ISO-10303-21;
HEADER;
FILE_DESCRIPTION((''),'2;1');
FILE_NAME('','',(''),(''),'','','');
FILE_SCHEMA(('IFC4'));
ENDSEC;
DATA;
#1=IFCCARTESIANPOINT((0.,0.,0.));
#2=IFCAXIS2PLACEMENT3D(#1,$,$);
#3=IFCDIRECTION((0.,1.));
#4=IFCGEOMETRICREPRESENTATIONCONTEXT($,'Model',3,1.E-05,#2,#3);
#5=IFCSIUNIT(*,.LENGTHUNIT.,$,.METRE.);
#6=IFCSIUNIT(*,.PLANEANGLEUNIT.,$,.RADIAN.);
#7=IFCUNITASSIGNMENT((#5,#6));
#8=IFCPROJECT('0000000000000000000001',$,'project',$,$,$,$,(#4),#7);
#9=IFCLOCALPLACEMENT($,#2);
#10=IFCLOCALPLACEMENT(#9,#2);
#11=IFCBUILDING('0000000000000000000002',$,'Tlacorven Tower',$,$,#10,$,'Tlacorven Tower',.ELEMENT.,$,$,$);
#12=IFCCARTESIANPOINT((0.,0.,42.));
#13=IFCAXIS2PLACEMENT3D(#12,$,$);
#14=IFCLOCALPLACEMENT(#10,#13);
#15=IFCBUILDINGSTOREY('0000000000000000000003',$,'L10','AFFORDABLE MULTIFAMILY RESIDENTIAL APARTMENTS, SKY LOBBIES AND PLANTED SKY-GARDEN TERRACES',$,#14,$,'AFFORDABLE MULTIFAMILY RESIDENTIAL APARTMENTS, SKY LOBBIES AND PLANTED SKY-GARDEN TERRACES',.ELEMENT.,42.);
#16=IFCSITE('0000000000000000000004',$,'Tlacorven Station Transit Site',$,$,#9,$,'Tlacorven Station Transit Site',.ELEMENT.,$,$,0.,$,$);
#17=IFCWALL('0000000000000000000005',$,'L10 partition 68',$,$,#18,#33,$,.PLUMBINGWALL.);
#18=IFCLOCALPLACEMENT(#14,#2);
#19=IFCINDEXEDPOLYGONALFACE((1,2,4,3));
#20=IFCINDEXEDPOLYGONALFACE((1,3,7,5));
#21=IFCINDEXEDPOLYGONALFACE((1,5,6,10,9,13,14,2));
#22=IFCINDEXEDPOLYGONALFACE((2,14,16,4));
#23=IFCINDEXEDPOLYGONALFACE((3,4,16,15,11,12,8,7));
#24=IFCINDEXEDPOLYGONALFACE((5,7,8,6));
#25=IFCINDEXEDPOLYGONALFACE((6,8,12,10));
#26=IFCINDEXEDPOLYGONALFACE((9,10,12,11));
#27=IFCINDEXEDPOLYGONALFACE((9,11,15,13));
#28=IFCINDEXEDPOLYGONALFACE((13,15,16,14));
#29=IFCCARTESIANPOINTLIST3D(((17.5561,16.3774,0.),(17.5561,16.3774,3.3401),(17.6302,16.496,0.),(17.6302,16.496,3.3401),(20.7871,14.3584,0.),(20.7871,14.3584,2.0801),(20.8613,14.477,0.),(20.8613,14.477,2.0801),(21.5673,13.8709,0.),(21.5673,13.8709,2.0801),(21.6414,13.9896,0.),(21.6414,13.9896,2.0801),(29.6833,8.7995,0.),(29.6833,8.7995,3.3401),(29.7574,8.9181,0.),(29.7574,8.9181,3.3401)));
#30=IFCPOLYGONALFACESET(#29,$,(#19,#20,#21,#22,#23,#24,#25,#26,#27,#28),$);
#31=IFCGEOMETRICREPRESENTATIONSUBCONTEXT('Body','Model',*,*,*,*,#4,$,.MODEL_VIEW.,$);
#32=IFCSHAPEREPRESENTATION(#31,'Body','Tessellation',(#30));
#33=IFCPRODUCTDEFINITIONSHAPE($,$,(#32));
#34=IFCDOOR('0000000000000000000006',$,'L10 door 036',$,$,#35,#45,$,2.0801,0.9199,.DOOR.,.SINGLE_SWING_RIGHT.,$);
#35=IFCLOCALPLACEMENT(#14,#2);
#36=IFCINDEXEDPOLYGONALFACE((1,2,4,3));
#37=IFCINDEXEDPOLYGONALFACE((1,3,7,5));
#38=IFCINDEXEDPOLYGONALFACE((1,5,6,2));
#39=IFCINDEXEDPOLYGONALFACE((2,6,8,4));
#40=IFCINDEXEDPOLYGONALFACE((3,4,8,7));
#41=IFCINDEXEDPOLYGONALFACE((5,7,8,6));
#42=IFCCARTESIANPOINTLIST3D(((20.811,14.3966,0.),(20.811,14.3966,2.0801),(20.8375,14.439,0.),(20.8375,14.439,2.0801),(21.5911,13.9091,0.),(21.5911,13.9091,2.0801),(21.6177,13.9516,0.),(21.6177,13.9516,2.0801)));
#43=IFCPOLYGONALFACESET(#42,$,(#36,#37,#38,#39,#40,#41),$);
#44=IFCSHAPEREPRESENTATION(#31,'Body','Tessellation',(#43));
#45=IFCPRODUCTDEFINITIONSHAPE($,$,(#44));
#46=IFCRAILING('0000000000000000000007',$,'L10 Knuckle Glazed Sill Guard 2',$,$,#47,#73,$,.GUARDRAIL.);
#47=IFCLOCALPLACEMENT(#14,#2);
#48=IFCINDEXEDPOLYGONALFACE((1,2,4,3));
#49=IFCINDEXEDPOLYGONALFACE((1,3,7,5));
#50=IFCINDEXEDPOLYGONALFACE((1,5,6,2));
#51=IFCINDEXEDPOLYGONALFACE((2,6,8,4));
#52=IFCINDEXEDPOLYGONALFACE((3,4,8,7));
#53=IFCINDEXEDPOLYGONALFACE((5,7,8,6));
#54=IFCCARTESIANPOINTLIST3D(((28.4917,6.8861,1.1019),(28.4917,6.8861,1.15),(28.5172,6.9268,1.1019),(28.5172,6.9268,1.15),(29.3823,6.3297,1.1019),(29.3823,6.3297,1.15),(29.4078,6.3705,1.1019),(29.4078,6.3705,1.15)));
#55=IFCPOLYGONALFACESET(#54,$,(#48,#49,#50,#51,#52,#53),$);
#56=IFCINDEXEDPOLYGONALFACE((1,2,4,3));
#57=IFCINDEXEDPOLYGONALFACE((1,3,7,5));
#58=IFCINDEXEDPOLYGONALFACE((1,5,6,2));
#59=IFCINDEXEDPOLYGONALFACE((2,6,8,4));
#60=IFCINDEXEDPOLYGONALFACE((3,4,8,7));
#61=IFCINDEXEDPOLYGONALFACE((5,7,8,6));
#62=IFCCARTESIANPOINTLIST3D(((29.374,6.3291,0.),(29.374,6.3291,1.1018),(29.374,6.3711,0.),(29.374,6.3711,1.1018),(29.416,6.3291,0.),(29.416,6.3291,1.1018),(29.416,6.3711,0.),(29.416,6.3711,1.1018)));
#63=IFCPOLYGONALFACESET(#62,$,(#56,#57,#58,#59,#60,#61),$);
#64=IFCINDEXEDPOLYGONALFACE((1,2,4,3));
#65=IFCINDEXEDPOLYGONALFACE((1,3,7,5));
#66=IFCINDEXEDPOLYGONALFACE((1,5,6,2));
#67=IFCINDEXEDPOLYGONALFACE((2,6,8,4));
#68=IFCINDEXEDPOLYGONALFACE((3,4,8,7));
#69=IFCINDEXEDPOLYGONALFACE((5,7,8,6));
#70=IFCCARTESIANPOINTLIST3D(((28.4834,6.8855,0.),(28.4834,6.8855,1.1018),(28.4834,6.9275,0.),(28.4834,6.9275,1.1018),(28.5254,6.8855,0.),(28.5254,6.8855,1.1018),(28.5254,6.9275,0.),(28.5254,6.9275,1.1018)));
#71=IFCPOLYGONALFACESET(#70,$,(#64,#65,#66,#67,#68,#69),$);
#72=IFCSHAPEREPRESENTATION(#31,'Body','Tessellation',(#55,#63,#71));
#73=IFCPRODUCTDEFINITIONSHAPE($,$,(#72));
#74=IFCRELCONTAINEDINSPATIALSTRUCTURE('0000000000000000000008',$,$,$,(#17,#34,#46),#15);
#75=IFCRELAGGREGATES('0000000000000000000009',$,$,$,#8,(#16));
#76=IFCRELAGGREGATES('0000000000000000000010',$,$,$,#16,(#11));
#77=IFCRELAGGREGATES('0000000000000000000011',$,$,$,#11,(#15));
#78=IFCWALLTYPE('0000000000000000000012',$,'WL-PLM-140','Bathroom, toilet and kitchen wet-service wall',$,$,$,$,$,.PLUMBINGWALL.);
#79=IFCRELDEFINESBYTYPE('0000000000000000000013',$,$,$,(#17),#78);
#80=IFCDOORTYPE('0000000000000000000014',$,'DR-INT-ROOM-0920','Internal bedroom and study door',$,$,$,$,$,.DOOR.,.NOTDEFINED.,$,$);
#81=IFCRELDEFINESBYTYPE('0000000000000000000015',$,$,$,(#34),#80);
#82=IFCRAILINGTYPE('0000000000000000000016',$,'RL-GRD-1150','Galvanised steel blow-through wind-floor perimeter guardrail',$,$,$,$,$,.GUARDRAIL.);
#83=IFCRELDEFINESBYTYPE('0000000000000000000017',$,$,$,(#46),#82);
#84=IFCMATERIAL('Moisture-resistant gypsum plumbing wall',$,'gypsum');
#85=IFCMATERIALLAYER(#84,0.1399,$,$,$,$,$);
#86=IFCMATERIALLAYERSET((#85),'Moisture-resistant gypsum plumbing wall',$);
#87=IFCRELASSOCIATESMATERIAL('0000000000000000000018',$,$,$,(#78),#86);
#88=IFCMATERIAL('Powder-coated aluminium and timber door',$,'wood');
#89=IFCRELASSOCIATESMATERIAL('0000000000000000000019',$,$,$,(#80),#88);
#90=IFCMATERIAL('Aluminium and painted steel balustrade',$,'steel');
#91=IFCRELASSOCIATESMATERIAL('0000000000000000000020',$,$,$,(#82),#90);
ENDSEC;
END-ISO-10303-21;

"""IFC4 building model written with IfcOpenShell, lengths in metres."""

from ifc_helpers import new_model, si_unit, direction, frame, frame_2d, origin, origin_2d, place, context, subcontext, project, spatial, rectangle, extrude, source, transform, mapped, material, layer, layer_set, type_object, element, fill, save


model = new_model("IFC4")

# Units and contexts
model_context = context("Model", 3, precision=1e-05, world=origin(), true_north=direction((0.0, 1.0)))
body_context = subcontext(model_context, "Body", "Model", "MODEL_VIEW")
ifc_project = project(units=[si_unit("LENGTHUNIT", "METRE"), si_unit("PLANEANGLEUNIT", "RADIAN")], contexts=[model_context])

# Site, building, storey
site_placement = place(None, origin())
site = spatial("IfcSite", under=ifc_project, at=site_placement, Name="Tlacorven Station Transit Site", LongName="Tlacorven Station Transit Site", CompositionType="ELEMENT", RefElevation=0.0)
building_placement = place(site_placement, origin())
building = spatial("IfcBuilding", under=site, at=building_placement, Name="Tlacorven Tower", LongName="Tlacorven Tower", CompositionType="ELEMENT")
storey_placement = place(building_placement, frame((0.0, 0.0, 42.0)))
storey = spatial("IfcBuildingStorey", under=building, at=storey_placement, Name="L10", Description="AFFORDABLE MULTIFAMILY RESIDENTIAL APARTMENTS, SKY LOBBIES AND PLANTED SKY-GARDEN TERRACES", LongName="AFFORDABLE MULTIFAMILY RESIDENTIAL APARTMENTS, SKY LOBBIES AND PLANTED SKY-GARDEN TERRACES", CompositionType="ELEMENT", Elevation=42.0)

# Shared definitions
ifc_material_1 = material(Name="Powder-coated aluminium and timber door", Category="wood")

# Wall, opening, door
ifc_material_2 = material(Name="Moisture-resistant gypsum plumbing wall", Category="gypsum")
ifc_layer_1 = layer(ifc_material_2, 0.1399)
ifc_layer_set_1 = layer_set([ifc_layer_1], Name="Moisture-resistant gypsum plumbing wall")
wall_type_1 = type_object("IfcWallType", Name="WL-PLM-140", Description="Bathroom, toilet and kitchen wet-service wall", PredefinedType="PLUMBINGWALL", material=ifc_layer_set_1)
wall_1_placement = place(storey_placement, frame((29.7202, 8.8589, 0.0), z_axis=(0.0, 0.0, 1.0), x_axis=(-0.848049, 0.529918, 0.0)))
wall_1 = element("IfcWall", 1, at=wall_1_placement, inside=storey, type_object=wall_type_1, Name="L10 partition 68", PredefinedType="PLUMBINGWALL", context=body_context, shape_type="SweptSolid", body=[
    extrude(rectangle(XDim=14.3, YDim=0.1399, at=frame_2d((7.1499, 0.0))), origin(), (0.0, 0.0, 1.0), 3.3401),
])
opening_1_placement = place(wall_1_placement, frame((9.5701, 0.0, 0.0)))
opening_1 = element("IfcOpeningElement", 2, at=opening_1_placement, cuts=wall_1, PredefinedType="OPENING", context=body_context, shape_type="SweptSolid", body=[
    extrude(rectangle(XDim=0.9199, YDim=2.0801, at=frame_2d((0.46, 1.04))), frame((0.0, 0.0801, 0.0), z_axis=(0.0, -1.0, 0.0), x_axis=(1.0, 0.0, 0.0)), (0.0, 0.0, 1.0), 0.1599),
])
door_type_1 = type_object("IfcDoorType", Name="DR-INT-ROOM-0920", Description="Internal bedroom and study door", OperationType="NOTDEFINED", PredefinedType="DOOR", material=ifc_material_1)
shared_shape_1 = source(origin(), body_context, "Body", "SweptSolid", [
    extrude(rectangle(XDim=0.9199, YDim=2.0801, at=frame_2d((0.46, 1.04))), frame((0.0, 0.0249, 0.0), z_axis=(0.0, -1.0, 0.0), x_axis=(1.0, 0.0, 0.0)), (0.0, 0.0, 1.0), 0.05),
])
door_1_placement = place(opening_1_placement, origin())
door_1 = element("IfcDoor", 3, at=door_1_placement, inside=storey, type_object=door_type_1, Name="L10 door 036", OperationType="SINGLE_SWING_RIGHT", OverallHeight=2.0801, OverallWidth=0.9199, PredefinedType="DOOR", context=body_context, shape_type="MappedRepresentation", body=[
    mapped(shared_shape_1, transform((0.0, 0.0, 0.0), scale=1.0)),
])
fill(opening_1, door_1)

# Railing
ifc_material_3 = material(Name="Aluminium and painted steel balustrade", Category="steel")
railing_type = type_object("IfcRailingType", Name="RL-GRD-1150", Description="Galvanised steel blow-through wind-floor perimeter guardrail", PredefinedType="GUARDRAIL", material=ifc_material_3)
shared_shape_2 = source(origin(), body_context, "Body", "SweptSolid", [
    extrude(rectangle(XDim=0.0481, YDim=0.0481, at=origin_2d()), frame((0.0, 0.0, 1.126), z_axis=(-0.848103, 0.529832, 0.0), x_axis=(-0.529832, -0.848103, 0.0)), (0.0, 0.0, 1.0), 1.05),
    extrude(rectangle(XDim=0.042, YDim=0.042, at=origin_2d()), origin(), (0.0, 0.0, 1.0), 1.1018),
    extrude(rectangle(XDim=0.042, YDim=0.042, at=origin_2d()), frame((-0.8906, 0.5564, 0.0)), (0.0, 0.0, 1.0), 1.1018),
])
railing_placement = place(storey_placement, frame((29.395, 6.3501, 0.0)))
element("IfcRailing", 4, at=railing_placement, inside=storey, type_object=railing_type, Name="L10 Knuckle Glazed Sill Guard 2", PredefinedType="GUARDRAIL", context=body_context, shape_type="MappedRepresentation", body=[
    mapped(shared_shape_2, transform((0.0, 0.0, 0.0), scale=1.0)),
])

save(model, "model.ifc")
